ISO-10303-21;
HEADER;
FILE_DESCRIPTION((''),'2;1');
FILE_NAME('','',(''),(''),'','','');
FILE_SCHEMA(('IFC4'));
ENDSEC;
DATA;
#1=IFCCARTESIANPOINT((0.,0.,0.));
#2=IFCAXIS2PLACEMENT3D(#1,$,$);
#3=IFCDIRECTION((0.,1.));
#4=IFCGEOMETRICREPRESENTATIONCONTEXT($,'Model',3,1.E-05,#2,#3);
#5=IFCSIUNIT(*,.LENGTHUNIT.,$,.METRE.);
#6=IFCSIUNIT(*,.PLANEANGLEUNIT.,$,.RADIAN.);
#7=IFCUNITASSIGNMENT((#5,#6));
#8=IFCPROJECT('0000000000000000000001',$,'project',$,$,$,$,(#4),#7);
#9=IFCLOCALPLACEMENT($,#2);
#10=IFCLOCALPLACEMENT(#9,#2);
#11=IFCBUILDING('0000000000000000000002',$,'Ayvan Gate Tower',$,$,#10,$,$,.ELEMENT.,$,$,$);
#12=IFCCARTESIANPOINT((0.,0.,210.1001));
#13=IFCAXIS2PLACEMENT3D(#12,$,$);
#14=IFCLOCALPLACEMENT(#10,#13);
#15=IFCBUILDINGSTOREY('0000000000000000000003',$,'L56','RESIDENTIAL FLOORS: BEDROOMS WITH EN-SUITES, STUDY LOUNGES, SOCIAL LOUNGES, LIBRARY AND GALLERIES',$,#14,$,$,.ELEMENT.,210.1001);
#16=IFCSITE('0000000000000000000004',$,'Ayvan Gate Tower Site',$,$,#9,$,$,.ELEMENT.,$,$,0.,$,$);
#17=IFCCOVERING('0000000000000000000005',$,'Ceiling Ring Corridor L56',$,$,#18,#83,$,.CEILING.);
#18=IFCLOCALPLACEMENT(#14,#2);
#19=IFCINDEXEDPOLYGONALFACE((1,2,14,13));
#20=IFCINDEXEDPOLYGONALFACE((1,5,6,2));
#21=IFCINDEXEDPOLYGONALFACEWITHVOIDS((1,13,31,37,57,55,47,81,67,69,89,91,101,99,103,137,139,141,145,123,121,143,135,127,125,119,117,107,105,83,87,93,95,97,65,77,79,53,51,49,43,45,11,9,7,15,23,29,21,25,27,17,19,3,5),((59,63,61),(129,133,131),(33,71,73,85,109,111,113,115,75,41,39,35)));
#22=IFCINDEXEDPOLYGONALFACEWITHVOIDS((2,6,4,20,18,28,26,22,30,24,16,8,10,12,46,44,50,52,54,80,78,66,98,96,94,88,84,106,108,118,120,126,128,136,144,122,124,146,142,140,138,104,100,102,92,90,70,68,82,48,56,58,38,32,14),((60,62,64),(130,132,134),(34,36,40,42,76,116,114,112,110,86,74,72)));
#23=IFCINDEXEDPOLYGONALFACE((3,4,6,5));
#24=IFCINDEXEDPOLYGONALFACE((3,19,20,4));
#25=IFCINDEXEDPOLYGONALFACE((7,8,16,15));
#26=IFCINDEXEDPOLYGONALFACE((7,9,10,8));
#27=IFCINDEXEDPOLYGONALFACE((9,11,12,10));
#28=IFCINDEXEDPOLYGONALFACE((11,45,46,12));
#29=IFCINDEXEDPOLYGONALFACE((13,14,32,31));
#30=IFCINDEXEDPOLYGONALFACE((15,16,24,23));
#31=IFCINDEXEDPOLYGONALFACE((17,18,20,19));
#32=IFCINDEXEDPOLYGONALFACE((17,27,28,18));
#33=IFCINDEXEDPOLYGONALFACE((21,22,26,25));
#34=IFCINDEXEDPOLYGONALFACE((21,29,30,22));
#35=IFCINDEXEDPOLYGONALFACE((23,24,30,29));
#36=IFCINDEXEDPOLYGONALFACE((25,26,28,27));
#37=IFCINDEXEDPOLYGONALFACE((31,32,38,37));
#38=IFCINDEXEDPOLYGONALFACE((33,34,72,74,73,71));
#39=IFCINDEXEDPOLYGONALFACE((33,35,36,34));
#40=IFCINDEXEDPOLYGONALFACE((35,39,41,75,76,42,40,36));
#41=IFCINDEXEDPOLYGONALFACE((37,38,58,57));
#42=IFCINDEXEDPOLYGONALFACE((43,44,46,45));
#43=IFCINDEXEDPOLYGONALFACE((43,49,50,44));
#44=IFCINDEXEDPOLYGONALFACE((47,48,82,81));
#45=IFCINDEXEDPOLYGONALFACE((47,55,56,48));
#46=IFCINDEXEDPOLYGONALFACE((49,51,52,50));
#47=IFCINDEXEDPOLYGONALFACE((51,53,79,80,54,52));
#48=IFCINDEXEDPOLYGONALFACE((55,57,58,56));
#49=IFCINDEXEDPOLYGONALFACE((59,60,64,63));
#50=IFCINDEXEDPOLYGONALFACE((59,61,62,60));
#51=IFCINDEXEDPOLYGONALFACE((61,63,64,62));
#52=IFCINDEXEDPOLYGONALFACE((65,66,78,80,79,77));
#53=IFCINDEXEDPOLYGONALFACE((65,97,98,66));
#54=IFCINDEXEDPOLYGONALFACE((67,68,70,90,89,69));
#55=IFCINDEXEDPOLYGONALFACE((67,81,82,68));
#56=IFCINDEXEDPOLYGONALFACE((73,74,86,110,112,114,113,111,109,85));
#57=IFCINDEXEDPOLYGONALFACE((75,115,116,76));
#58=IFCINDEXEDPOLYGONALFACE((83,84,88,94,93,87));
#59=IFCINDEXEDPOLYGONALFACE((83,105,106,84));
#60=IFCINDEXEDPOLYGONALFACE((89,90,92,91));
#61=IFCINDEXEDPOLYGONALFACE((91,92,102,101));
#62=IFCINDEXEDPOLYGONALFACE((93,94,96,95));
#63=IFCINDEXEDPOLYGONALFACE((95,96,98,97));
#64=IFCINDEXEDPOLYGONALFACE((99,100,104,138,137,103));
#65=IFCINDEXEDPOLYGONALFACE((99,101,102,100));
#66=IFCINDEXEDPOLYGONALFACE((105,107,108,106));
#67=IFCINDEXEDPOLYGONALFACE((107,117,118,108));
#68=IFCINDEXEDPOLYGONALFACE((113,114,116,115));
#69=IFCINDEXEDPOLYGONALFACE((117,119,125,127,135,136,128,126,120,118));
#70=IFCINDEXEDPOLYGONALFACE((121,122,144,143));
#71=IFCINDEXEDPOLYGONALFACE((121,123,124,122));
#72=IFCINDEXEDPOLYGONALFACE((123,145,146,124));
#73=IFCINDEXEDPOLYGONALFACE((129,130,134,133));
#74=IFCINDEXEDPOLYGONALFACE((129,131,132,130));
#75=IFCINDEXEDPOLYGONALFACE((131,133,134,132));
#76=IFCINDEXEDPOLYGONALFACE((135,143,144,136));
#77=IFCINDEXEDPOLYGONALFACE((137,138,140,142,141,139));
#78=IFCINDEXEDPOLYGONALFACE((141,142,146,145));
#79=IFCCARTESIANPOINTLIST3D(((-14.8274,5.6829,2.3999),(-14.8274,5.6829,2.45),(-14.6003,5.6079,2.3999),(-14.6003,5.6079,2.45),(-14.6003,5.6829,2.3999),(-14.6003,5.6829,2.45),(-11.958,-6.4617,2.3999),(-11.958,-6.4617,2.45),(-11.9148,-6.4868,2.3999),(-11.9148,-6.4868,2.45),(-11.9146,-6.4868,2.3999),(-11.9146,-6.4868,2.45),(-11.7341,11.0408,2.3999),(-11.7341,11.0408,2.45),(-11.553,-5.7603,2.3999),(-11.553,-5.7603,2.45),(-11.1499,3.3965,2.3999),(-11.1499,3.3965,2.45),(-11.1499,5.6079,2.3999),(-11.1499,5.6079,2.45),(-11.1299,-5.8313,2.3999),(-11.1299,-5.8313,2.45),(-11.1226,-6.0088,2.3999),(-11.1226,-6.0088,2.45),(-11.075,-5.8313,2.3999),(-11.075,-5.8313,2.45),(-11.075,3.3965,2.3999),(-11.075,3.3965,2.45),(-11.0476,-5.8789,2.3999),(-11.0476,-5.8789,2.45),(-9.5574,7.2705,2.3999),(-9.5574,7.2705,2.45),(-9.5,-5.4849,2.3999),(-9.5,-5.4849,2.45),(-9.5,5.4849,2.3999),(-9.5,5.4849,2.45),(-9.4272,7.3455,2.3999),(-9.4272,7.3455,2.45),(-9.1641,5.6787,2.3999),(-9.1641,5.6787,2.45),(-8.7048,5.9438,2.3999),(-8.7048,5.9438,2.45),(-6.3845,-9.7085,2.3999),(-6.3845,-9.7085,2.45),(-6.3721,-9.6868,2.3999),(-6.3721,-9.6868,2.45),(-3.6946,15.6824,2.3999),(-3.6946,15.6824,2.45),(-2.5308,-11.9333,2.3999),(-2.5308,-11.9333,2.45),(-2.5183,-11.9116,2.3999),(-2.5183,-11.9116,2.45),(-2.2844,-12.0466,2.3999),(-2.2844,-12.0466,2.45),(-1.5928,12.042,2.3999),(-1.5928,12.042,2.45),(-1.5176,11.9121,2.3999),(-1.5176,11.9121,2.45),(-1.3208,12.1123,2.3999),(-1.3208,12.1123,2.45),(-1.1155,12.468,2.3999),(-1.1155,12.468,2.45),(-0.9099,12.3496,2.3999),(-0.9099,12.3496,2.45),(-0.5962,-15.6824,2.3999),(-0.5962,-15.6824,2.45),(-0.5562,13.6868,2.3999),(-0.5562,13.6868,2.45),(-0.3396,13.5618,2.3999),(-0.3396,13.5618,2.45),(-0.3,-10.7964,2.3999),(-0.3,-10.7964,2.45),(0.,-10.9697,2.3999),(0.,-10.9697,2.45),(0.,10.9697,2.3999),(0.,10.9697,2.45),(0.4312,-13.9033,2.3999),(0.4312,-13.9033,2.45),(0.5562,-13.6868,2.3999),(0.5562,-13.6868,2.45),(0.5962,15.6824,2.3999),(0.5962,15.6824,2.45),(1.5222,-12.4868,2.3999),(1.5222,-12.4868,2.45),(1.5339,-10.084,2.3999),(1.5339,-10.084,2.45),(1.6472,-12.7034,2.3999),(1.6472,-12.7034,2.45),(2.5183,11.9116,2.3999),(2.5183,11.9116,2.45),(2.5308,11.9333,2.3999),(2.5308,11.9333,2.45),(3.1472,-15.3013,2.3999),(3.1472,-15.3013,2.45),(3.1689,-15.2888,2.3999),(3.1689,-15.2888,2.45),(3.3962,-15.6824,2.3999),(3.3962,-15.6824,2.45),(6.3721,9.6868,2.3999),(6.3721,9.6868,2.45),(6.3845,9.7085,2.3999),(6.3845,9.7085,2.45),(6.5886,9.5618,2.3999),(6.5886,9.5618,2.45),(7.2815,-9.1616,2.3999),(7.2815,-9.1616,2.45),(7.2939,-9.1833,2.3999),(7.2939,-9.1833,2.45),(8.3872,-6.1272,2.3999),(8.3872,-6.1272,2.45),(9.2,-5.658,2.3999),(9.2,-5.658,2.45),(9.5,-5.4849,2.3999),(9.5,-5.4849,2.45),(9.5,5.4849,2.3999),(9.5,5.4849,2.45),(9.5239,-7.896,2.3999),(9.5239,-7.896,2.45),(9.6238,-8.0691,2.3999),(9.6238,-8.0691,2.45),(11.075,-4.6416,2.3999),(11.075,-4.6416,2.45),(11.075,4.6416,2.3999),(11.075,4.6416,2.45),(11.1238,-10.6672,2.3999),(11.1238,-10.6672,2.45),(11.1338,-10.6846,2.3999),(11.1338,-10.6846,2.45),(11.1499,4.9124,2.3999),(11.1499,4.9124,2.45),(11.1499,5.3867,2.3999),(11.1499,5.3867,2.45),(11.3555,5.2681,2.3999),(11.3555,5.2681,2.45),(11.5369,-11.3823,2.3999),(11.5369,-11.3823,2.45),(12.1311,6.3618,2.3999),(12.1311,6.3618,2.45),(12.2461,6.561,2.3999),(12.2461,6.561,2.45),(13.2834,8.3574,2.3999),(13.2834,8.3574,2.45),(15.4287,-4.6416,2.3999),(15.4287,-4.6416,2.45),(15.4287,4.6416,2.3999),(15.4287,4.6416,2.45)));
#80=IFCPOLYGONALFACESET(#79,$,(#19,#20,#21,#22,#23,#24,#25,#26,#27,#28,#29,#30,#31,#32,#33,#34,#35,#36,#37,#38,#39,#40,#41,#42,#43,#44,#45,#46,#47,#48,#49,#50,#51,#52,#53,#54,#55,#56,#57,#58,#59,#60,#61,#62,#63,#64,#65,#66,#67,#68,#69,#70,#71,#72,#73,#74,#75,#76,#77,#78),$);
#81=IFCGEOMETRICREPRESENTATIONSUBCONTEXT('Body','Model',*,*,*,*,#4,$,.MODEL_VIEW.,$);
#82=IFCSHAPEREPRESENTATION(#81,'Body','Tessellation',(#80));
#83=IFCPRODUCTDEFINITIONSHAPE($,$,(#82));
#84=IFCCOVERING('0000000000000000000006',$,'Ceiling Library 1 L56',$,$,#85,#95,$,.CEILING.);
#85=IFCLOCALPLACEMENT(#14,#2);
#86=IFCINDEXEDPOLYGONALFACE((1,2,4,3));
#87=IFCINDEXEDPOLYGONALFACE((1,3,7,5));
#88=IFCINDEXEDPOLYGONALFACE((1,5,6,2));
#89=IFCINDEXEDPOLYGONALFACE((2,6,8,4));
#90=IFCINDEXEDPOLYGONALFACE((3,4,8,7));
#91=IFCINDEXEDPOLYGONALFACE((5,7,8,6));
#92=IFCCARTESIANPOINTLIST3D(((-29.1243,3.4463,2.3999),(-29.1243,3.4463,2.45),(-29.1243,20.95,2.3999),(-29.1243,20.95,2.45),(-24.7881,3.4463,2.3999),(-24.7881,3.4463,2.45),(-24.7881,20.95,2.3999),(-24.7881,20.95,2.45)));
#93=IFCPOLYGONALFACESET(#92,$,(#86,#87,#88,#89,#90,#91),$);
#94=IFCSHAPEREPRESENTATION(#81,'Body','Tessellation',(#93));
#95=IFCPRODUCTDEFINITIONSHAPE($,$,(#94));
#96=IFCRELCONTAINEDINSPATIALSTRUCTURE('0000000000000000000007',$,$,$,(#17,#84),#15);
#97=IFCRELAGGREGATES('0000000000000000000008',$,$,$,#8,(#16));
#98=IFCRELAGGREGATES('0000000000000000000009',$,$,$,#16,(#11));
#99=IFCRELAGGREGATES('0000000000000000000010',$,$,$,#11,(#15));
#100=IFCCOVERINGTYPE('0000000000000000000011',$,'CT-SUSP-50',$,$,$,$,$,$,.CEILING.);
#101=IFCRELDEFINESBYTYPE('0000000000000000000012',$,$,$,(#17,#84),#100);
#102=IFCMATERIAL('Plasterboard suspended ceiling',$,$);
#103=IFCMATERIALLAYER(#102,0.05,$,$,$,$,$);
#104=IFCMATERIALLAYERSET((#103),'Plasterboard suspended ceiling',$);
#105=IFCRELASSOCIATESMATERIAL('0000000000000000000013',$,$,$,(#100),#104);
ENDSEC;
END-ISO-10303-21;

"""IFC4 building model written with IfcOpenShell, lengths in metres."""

from ifc_helpers import new_model, si_unit, direction, frame, origin, place, context, subcontext, project, spatial, polyline, outline, extrude, material, layer, layer_set, type_object, element, save


model = new_model("IFC4")

# Units and contexts
model_context = context("Model", 3, precision=1e-05, world=origin(), true_north=direction((0.0, 1.0)))
body_context = subcontext(model_context, "Body", "Model", "MODEL_VIEW")
ifc_project = project(units=[si_unit("LENGTHUNIT", "METRE"), si_unit("PLANEANGLEUNIT", "RADIAN")], contexts=[model_context])

# Site, building, storey
site_placement = place(None, origin())
site = spatial("IfcSite", under=ifc_project, at=site_placement, Name="Ayvan Gate Tower Site", CompositionType="ELEMENT", RefElevation=0.0)
building_placement = place(site_placement, origin())
building = spatial("IfcBuilding", under=site, at=building_placement, Name="Ayvan Gate Tower", CompositionType="ELEMENT")
storey_placement = place(building_placement, frame((0.0, 0.0, 210.1001)))
storey = spatial("IfcBuildingStorey", under=building, at=storey_placement, Name="L56", Description="RESIDENTIAL FLOORS: BEDROOMS WITH EN-SUITES, STUDY LOUNGES, SOCIAL LOUNGES, LIBRARY AND GALLERIES", CompositionType="ELEMENT", Elevation=210.1001)

# Coverings
ifc_material_1 = material(Name="Plasterboard suspended ceiling")
ifc_layer_1 = layer(ifc_material_1, 0.05)
ifc_layer_set_1 = layer_set([ifc_layer_1], Name="Plasterboard suspended ceiling")
covering_type = type_object("IfcCoveringType", Name="CT-SUSP-50", PredefinedType="CEILING", material=ifc_layer_set_1)
covering_1_placement = place(storey_placement, frame((0.0, 0.0, 2.3999)))
element("IfcCovering", 1, at=covering_1_placement, inside=storey, type_object=covering_type, Name="Ceiling Ring Corridor L56", PredefinedType="CEILING", context=body_context, shape_type="SweptSolid", body=[
    extrude(outline(polyline([(-11.9148, -6.4868), (-11.958, -6.4617), (-11.553, -5.7603), (-11.1226, -6.0088), (-11.0476, -5.8789), (-11.1299, -5.8313), (-11.075, -5.8313), (-11.075, 3.3965), (-11.1499, 3.3965), (-11.1499, 5.6079), (-14.6003, 5.6079), (-14.6003, 5.6829), (-14.8274, 5.6829), (-11.7341, 11.0408), (-9.5574, 7.2705), (-9.4272, 7.3455), (-1.5176, 11.9121), (-1.5928, 12.042), (-3.6946, 15.6824), (0.5962, 15.6824), (-0.5562, 13.6868), (-0.3396, 13.5618), (2.5183, 11.9116), (2.5308, 11.9333), (6.3845, 9.7085), (6.3721, 9.6868), (6.5886, 9.5618), (12.1311, 6.3618), (12.2461, 6.561), (13.2834, 8.3574), (15.4287, 4.6416), (11.075, 4.6416), (11.075, -4.6416), (15.4287, -4.6416), (11.5369, -11.3823), (11.1338, -10.6846), (11.1238, -10.6672), (9.6238, -8.0691), (9.5239, -7.896), (7.2939, -9.1833), (7.2815, -9.1616), (1.5222, -12.4868), (1.6472, -12.7034), (3.1472, -15.3013), (3.1689, -15.2888), (3.3962, -15.6824), (-0.5962, -15.6824), (0.4312, -13.9033), (0.5562, -13.6868), (-2.2844, -12.0466), (-2.5183, -11.9116), (-2.5308, -11.9333), (-6.3845, -9.7085), (-6.3721, -9.6868), (-11.9146, -6.4868), (-11.9148, -6.4868)]), holes=[polyline([(11.3555, 5.2681), (11.1499, 5.3867), (11.1499, 4.9124), (11.3555, 5.2681)]), polyline([(8.3872, -6.1272), (9.2, -5.658), (9.5, -5.4849), (9.5, 5.4849), (0.0, 10.9697), (-8.7048, 5.9438), (-9.1641, 5.6787), (-9.5, 5.4849), (-9.5, -5.4849), (-0.3, -10.7964), (0.0, -10.9697), (1.5339, -10.084), (8.3872, -6.1272)]), polyline([(-1.3208, 12.1123), (-0.9099, 12.3496), (-1.1155, 12.468), (-1.3208, 12.1123)])]), origin(), (0.0, 0.0, 1.0), 0.05),
])
covering_2_placement = place(storey_placement, frame((0.0, 0.0, 2.3999)))
element("IfcCovering", 2, at=covering_2_placement, inside=storey, type_object=covering_type, Name="Ceiling Library 1 L56", PredefinedType="CEILING", context=body_context, shape_type="SweptSolid", body=[
    extrude(outline(polyline([(-29.1243, 20.95), (-24.7881, 20.95), (-24.7881, 3.4463), (-29.1243, 3.4463), (-29.1243, 20.95)])), origin(), (0.0, 0.0, 1.0), 0.05),
])

save(model, "model.ifc")
